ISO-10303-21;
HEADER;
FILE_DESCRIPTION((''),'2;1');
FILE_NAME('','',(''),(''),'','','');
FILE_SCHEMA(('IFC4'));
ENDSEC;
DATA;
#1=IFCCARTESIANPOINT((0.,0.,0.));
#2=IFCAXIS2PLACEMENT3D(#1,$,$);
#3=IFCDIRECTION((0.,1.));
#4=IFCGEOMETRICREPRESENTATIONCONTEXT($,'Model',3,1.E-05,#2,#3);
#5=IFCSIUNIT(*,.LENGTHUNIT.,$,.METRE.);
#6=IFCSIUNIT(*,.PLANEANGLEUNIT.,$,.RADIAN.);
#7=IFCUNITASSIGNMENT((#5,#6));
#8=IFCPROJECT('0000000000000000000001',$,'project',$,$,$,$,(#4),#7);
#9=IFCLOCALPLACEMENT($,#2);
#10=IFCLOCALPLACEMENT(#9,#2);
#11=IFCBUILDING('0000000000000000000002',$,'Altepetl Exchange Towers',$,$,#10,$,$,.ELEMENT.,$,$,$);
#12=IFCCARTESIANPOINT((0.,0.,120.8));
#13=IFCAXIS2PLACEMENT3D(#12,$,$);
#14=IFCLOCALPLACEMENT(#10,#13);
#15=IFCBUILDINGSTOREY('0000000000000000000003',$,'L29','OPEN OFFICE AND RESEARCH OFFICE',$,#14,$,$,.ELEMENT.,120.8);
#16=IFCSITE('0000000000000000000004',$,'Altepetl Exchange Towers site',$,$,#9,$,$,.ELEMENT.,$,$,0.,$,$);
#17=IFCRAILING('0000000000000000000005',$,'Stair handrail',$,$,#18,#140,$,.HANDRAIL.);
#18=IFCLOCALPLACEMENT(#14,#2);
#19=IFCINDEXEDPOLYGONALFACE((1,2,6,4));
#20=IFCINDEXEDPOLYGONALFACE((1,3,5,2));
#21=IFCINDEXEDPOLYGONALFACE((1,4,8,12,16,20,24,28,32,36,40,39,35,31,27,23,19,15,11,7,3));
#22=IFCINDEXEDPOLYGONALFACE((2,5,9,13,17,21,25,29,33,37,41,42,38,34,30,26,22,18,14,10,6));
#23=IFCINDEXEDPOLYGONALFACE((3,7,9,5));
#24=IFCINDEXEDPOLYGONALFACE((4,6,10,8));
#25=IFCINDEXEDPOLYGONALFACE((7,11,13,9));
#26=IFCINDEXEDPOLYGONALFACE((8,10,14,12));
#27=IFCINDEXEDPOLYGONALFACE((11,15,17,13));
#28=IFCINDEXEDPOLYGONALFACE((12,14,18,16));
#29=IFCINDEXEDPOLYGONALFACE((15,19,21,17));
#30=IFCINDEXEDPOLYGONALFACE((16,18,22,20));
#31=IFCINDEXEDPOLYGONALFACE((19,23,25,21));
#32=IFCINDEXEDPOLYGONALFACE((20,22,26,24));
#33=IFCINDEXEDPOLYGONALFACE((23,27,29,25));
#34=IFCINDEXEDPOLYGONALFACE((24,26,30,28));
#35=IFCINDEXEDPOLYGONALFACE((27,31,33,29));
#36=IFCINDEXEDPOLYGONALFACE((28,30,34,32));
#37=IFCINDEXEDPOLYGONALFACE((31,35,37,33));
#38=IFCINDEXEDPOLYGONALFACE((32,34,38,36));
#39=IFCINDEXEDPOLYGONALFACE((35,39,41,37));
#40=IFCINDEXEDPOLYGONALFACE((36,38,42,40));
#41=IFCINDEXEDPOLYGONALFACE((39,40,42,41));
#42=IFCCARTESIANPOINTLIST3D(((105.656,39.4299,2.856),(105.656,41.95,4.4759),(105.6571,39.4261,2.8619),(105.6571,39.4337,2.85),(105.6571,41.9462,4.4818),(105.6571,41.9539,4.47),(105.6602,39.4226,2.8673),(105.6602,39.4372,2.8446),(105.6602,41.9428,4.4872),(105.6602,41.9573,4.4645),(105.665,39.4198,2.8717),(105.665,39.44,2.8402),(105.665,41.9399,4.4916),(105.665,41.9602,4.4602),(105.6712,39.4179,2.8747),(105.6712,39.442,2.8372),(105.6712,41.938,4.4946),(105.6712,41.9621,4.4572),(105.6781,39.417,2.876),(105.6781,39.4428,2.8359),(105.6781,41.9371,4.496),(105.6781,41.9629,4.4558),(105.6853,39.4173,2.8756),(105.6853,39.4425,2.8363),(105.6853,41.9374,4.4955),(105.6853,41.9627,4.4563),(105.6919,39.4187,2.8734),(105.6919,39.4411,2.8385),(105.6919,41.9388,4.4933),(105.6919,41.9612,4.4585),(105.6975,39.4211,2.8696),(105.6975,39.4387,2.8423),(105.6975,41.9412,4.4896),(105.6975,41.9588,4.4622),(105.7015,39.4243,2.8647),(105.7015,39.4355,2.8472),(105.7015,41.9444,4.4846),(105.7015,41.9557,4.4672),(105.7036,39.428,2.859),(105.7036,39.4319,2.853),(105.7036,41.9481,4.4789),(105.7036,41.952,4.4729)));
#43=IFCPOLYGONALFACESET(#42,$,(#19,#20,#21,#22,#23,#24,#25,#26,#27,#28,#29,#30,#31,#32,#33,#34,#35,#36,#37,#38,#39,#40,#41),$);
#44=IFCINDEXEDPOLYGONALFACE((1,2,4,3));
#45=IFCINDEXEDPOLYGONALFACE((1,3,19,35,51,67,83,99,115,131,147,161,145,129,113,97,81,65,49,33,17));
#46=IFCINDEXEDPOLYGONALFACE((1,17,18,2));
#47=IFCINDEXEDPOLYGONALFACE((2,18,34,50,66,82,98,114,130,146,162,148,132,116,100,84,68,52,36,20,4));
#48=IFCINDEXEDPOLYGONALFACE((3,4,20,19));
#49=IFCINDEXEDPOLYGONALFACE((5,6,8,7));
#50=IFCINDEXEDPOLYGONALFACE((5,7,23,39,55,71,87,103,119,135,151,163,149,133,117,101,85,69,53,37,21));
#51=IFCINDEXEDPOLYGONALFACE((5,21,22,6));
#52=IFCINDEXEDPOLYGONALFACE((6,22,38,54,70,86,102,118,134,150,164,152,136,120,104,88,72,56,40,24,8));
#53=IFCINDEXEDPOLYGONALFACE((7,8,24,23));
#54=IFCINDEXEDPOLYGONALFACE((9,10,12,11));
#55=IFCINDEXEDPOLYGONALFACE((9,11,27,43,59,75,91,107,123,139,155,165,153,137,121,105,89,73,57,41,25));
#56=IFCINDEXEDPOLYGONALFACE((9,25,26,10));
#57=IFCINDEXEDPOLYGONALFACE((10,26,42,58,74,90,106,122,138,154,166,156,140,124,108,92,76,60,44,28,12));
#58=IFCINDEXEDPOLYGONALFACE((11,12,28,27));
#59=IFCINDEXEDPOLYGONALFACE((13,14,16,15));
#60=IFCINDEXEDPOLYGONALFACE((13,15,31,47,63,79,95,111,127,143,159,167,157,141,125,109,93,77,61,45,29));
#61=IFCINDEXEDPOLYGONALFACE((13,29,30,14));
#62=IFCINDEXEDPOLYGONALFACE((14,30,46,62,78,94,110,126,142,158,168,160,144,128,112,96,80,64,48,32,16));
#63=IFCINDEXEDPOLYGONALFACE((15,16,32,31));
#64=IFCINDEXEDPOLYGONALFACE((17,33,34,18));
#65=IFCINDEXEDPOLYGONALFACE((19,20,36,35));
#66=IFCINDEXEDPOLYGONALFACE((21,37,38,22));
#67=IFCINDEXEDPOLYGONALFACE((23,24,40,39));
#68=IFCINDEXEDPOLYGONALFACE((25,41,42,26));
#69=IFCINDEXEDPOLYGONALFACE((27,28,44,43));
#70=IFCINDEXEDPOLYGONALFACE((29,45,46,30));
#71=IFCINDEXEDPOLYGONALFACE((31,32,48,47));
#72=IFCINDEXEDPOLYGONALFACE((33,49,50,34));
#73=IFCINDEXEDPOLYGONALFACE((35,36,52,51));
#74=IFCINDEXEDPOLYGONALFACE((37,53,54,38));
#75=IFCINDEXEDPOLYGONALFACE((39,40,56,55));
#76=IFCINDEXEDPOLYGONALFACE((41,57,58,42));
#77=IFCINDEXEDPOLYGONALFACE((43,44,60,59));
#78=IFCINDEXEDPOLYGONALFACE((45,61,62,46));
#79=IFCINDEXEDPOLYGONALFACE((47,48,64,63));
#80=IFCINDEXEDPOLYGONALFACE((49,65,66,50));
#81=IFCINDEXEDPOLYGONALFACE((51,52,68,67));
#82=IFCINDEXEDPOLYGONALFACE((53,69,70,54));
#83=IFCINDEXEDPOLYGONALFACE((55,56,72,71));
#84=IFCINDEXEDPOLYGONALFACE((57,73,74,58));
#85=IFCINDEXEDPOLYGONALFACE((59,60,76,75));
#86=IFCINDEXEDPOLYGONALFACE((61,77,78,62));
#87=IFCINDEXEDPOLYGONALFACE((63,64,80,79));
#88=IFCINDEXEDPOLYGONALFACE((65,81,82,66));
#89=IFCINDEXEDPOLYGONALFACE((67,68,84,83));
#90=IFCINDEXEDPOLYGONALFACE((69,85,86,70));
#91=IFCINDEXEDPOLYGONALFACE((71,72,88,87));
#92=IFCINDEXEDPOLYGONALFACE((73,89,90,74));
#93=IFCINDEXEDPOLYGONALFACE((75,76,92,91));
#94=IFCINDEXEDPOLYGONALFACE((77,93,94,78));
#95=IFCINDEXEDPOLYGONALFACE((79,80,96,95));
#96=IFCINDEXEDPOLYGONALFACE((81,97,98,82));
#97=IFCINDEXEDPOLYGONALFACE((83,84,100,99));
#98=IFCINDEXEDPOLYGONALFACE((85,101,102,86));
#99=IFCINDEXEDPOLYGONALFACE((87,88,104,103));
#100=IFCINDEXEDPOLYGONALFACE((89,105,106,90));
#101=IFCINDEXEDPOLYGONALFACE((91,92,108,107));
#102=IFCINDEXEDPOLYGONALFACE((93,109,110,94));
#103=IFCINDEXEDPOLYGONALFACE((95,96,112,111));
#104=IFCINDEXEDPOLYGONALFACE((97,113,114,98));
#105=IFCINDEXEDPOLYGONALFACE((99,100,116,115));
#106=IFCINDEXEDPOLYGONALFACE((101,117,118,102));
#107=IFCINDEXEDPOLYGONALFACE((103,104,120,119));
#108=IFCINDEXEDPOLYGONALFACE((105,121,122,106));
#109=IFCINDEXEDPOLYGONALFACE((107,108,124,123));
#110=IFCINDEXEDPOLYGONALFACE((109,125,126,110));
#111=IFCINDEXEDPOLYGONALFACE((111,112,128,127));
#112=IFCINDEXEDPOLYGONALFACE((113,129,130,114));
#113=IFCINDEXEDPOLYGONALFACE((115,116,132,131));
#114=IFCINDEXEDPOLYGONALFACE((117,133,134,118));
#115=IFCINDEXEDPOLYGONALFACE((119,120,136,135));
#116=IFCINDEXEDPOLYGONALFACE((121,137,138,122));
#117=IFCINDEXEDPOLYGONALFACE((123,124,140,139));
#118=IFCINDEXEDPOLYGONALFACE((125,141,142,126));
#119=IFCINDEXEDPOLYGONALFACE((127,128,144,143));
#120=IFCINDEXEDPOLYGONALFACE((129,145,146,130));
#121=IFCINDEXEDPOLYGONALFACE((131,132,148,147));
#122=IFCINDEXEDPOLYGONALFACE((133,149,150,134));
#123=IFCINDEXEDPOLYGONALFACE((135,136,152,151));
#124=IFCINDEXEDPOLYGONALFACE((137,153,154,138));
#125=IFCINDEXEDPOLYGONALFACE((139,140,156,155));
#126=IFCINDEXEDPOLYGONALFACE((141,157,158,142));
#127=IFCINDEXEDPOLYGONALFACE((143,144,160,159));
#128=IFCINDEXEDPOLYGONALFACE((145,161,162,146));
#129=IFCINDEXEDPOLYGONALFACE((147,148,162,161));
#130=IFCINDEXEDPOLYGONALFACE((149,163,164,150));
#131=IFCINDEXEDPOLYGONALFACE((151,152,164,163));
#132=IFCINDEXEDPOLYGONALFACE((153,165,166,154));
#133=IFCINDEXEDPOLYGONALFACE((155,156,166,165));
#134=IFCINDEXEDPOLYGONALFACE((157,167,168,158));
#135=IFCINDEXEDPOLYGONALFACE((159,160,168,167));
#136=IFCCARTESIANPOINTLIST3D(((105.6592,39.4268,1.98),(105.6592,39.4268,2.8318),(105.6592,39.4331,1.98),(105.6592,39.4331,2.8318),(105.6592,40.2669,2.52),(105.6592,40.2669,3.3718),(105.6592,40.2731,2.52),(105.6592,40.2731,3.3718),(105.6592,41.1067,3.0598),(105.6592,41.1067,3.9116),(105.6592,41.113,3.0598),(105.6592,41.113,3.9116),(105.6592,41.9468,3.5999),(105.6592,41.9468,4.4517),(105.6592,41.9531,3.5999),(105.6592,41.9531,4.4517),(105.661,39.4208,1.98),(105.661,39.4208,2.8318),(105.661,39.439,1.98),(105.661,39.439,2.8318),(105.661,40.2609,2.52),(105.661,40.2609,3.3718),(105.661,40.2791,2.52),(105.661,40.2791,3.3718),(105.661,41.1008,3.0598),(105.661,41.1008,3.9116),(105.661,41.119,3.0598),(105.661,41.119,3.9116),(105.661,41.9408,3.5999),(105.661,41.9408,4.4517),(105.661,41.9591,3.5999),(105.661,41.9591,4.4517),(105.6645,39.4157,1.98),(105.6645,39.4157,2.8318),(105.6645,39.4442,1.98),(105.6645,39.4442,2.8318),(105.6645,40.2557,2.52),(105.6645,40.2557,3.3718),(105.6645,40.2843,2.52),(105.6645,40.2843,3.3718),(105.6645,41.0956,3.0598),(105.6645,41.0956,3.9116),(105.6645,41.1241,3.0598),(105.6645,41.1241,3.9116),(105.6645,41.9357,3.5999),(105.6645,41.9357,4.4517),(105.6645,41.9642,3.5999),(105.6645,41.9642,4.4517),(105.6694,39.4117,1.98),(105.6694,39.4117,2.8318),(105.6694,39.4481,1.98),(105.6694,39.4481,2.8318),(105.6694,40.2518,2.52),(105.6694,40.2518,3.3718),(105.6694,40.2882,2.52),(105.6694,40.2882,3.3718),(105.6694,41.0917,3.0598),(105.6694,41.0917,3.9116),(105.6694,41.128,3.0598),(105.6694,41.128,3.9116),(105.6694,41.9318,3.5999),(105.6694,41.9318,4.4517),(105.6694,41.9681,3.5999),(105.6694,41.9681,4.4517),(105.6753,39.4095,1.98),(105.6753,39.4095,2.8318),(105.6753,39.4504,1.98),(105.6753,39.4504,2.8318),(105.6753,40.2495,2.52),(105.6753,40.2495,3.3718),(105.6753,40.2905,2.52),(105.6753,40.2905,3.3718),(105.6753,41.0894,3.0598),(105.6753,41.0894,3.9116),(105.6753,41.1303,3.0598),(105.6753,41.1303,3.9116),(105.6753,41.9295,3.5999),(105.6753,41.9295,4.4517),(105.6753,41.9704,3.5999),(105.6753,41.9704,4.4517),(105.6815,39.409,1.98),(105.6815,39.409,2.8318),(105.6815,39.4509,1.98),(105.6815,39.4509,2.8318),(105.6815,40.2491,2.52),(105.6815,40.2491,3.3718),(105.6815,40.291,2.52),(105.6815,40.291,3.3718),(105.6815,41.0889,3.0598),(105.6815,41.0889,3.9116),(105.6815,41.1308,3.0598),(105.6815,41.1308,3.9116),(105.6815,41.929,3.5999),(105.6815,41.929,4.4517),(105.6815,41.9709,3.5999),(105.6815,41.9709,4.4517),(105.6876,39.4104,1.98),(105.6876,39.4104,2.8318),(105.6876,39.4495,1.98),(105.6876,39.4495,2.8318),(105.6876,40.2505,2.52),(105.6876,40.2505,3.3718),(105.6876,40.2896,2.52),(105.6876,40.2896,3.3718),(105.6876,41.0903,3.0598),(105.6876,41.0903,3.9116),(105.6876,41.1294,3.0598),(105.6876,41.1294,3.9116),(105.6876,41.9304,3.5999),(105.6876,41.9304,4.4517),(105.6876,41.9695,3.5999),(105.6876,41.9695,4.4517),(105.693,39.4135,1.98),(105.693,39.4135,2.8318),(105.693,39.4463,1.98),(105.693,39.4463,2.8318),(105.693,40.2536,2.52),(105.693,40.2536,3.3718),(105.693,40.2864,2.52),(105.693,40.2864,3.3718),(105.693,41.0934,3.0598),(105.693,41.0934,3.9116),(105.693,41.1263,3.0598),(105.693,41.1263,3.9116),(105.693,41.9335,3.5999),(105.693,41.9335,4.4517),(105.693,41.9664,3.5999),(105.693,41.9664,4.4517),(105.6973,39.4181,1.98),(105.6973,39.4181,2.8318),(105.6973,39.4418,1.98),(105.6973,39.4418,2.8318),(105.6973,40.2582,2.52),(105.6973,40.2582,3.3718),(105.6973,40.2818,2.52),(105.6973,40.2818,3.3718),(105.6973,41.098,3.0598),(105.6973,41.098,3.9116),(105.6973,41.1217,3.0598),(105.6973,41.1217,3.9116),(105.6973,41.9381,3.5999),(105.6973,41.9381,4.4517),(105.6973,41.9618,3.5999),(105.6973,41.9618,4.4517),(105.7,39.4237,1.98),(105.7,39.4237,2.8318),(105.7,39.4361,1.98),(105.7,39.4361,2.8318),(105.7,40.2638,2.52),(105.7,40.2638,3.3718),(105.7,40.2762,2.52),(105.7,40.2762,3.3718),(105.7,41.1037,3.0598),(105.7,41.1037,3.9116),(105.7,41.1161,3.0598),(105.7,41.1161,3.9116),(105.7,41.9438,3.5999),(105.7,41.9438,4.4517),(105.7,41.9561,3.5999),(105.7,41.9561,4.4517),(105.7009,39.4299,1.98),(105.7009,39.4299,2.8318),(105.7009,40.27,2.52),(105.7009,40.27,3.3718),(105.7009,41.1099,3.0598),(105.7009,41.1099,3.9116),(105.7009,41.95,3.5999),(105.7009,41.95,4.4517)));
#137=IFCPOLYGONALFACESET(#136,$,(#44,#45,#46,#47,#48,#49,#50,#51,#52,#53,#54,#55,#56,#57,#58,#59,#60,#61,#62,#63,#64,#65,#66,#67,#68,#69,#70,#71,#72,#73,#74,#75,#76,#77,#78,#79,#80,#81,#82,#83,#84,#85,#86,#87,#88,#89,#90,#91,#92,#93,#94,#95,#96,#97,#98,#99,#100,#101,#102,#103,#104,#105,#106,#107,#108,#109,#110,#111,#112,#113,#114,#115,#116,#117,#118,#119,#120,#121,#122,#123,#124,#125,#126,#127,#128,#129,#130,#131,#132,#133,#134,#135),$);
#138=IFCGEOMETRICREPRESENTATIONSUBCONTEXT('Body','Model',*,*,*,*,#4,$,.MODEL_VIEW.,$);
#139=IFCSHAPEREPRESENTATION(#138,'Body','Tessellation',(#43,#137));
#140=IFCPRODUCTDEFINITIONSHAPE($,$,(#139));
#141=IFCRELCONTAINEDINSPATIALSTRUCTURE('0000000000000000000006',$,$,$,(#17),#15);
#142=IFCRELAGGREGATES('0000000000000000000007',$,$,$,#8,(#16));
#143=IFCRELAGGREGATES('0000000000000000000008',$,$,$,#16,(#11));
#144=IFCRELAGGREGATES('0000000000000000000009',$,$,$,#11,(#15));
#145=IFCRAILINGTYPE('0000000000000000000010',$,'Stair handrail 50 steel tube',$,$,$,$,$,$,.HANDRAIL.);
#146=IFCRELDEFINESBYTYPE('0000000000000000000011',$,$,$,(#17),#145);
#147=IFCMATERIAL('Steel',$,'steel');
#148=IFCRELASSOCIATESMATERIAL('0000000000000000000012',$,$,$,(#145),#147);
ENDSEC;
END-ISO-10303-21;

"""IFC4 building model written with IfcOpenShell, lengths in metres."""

from ifc_helpers import new_model, si_unit, direction, frame, origin, origin_2d, place, context, subcontext, project, spatial, circle, extrude, source, transform, mapped, material, type_object, element, save


model = new_model("IFC4")

# Units and contexts
model_context = context("Model", 3, precision=1e-05, world=origin(), true_north=direction((0.0, 1.0)))
body_context = subcontext(model_context, "Body", "Model", "MODEL_VIEW")
ifc_project = project(units=[si_unit("LENGTHUNIT", "METRE"), si_unit("PLANEANGLEUNIT", "RADIAN")], contexts=[model_context])

# Site, building, storey
site_placement = place(None, origin())
site = spatial("IfcSite", under=ifc_project, at=site_placement, Name="Altepetl Exchange Towers site", CompositionType="ELEMENT", RefElevation=0.0)
building_placement = place(site_placement, origin())
building = spatial("IfcBuilding", under=site, at=building_placement, Name="Altepetl Exchange Towers", CompositionType="ELEMENT")
storey_placement = place(building_placement, frame((0.0, 0.0, 120.8)))
storey = spatial("IfcBuildingStorey", under=building, at=storey_placement, Name="L29", Description="OPEN OFFICE AND RESEARCH OFFICE", CompositionType="ELEMENT", Elevation=120.8)

# Railing
ifc_material_1 = material(Name="Steel", Category="steel")
railing_type = type_object("IfcRailingType", Name="Stair handrail 50 steel tube", PredefinedType="HANDRAIL", material=ifc_material_1)
shared_shape = source(origin(), body_context, "Body", "SweptSolid", [
    extrude(circle(Radius=0.021, at=origin_2d()), origin(), (0.0, 0.0, 1.0), 0.8518),
])
railing_1_placement = place(storey_placement, frame((105.6799, 39.4299, 1.98)))
element("IfcRailing", 1, at=railing_1_placement, inside=storey, type_object=railing_type, Name="Stair handrail", PredefinedType="HANDRAIL", context=body_context, shape_type="SweptSolid", body=[
    extrude(circle(Radius=0.0239, at=origin_2d()), frame((0.0, 0.0, 0.876), z_axis=(0.0, 0.8412, 0.540725), x_axis=(-1.0, 0.0, 0.0)), (0.0, 0.0, 1.0), 2.9958),
    mapped(shared_shape, transform((0.0, 0.0, 0.0))),
    mapped(shared_shape, transform((0.0, 0.8401, 0.54))),
    mapped(shared_shape, transform((0.0, 1.6799, 1.0798))),
    mapped(shared_shape, transform((0.0, 2.52, 1.6199))),
])

save(model, "model.ifc")
